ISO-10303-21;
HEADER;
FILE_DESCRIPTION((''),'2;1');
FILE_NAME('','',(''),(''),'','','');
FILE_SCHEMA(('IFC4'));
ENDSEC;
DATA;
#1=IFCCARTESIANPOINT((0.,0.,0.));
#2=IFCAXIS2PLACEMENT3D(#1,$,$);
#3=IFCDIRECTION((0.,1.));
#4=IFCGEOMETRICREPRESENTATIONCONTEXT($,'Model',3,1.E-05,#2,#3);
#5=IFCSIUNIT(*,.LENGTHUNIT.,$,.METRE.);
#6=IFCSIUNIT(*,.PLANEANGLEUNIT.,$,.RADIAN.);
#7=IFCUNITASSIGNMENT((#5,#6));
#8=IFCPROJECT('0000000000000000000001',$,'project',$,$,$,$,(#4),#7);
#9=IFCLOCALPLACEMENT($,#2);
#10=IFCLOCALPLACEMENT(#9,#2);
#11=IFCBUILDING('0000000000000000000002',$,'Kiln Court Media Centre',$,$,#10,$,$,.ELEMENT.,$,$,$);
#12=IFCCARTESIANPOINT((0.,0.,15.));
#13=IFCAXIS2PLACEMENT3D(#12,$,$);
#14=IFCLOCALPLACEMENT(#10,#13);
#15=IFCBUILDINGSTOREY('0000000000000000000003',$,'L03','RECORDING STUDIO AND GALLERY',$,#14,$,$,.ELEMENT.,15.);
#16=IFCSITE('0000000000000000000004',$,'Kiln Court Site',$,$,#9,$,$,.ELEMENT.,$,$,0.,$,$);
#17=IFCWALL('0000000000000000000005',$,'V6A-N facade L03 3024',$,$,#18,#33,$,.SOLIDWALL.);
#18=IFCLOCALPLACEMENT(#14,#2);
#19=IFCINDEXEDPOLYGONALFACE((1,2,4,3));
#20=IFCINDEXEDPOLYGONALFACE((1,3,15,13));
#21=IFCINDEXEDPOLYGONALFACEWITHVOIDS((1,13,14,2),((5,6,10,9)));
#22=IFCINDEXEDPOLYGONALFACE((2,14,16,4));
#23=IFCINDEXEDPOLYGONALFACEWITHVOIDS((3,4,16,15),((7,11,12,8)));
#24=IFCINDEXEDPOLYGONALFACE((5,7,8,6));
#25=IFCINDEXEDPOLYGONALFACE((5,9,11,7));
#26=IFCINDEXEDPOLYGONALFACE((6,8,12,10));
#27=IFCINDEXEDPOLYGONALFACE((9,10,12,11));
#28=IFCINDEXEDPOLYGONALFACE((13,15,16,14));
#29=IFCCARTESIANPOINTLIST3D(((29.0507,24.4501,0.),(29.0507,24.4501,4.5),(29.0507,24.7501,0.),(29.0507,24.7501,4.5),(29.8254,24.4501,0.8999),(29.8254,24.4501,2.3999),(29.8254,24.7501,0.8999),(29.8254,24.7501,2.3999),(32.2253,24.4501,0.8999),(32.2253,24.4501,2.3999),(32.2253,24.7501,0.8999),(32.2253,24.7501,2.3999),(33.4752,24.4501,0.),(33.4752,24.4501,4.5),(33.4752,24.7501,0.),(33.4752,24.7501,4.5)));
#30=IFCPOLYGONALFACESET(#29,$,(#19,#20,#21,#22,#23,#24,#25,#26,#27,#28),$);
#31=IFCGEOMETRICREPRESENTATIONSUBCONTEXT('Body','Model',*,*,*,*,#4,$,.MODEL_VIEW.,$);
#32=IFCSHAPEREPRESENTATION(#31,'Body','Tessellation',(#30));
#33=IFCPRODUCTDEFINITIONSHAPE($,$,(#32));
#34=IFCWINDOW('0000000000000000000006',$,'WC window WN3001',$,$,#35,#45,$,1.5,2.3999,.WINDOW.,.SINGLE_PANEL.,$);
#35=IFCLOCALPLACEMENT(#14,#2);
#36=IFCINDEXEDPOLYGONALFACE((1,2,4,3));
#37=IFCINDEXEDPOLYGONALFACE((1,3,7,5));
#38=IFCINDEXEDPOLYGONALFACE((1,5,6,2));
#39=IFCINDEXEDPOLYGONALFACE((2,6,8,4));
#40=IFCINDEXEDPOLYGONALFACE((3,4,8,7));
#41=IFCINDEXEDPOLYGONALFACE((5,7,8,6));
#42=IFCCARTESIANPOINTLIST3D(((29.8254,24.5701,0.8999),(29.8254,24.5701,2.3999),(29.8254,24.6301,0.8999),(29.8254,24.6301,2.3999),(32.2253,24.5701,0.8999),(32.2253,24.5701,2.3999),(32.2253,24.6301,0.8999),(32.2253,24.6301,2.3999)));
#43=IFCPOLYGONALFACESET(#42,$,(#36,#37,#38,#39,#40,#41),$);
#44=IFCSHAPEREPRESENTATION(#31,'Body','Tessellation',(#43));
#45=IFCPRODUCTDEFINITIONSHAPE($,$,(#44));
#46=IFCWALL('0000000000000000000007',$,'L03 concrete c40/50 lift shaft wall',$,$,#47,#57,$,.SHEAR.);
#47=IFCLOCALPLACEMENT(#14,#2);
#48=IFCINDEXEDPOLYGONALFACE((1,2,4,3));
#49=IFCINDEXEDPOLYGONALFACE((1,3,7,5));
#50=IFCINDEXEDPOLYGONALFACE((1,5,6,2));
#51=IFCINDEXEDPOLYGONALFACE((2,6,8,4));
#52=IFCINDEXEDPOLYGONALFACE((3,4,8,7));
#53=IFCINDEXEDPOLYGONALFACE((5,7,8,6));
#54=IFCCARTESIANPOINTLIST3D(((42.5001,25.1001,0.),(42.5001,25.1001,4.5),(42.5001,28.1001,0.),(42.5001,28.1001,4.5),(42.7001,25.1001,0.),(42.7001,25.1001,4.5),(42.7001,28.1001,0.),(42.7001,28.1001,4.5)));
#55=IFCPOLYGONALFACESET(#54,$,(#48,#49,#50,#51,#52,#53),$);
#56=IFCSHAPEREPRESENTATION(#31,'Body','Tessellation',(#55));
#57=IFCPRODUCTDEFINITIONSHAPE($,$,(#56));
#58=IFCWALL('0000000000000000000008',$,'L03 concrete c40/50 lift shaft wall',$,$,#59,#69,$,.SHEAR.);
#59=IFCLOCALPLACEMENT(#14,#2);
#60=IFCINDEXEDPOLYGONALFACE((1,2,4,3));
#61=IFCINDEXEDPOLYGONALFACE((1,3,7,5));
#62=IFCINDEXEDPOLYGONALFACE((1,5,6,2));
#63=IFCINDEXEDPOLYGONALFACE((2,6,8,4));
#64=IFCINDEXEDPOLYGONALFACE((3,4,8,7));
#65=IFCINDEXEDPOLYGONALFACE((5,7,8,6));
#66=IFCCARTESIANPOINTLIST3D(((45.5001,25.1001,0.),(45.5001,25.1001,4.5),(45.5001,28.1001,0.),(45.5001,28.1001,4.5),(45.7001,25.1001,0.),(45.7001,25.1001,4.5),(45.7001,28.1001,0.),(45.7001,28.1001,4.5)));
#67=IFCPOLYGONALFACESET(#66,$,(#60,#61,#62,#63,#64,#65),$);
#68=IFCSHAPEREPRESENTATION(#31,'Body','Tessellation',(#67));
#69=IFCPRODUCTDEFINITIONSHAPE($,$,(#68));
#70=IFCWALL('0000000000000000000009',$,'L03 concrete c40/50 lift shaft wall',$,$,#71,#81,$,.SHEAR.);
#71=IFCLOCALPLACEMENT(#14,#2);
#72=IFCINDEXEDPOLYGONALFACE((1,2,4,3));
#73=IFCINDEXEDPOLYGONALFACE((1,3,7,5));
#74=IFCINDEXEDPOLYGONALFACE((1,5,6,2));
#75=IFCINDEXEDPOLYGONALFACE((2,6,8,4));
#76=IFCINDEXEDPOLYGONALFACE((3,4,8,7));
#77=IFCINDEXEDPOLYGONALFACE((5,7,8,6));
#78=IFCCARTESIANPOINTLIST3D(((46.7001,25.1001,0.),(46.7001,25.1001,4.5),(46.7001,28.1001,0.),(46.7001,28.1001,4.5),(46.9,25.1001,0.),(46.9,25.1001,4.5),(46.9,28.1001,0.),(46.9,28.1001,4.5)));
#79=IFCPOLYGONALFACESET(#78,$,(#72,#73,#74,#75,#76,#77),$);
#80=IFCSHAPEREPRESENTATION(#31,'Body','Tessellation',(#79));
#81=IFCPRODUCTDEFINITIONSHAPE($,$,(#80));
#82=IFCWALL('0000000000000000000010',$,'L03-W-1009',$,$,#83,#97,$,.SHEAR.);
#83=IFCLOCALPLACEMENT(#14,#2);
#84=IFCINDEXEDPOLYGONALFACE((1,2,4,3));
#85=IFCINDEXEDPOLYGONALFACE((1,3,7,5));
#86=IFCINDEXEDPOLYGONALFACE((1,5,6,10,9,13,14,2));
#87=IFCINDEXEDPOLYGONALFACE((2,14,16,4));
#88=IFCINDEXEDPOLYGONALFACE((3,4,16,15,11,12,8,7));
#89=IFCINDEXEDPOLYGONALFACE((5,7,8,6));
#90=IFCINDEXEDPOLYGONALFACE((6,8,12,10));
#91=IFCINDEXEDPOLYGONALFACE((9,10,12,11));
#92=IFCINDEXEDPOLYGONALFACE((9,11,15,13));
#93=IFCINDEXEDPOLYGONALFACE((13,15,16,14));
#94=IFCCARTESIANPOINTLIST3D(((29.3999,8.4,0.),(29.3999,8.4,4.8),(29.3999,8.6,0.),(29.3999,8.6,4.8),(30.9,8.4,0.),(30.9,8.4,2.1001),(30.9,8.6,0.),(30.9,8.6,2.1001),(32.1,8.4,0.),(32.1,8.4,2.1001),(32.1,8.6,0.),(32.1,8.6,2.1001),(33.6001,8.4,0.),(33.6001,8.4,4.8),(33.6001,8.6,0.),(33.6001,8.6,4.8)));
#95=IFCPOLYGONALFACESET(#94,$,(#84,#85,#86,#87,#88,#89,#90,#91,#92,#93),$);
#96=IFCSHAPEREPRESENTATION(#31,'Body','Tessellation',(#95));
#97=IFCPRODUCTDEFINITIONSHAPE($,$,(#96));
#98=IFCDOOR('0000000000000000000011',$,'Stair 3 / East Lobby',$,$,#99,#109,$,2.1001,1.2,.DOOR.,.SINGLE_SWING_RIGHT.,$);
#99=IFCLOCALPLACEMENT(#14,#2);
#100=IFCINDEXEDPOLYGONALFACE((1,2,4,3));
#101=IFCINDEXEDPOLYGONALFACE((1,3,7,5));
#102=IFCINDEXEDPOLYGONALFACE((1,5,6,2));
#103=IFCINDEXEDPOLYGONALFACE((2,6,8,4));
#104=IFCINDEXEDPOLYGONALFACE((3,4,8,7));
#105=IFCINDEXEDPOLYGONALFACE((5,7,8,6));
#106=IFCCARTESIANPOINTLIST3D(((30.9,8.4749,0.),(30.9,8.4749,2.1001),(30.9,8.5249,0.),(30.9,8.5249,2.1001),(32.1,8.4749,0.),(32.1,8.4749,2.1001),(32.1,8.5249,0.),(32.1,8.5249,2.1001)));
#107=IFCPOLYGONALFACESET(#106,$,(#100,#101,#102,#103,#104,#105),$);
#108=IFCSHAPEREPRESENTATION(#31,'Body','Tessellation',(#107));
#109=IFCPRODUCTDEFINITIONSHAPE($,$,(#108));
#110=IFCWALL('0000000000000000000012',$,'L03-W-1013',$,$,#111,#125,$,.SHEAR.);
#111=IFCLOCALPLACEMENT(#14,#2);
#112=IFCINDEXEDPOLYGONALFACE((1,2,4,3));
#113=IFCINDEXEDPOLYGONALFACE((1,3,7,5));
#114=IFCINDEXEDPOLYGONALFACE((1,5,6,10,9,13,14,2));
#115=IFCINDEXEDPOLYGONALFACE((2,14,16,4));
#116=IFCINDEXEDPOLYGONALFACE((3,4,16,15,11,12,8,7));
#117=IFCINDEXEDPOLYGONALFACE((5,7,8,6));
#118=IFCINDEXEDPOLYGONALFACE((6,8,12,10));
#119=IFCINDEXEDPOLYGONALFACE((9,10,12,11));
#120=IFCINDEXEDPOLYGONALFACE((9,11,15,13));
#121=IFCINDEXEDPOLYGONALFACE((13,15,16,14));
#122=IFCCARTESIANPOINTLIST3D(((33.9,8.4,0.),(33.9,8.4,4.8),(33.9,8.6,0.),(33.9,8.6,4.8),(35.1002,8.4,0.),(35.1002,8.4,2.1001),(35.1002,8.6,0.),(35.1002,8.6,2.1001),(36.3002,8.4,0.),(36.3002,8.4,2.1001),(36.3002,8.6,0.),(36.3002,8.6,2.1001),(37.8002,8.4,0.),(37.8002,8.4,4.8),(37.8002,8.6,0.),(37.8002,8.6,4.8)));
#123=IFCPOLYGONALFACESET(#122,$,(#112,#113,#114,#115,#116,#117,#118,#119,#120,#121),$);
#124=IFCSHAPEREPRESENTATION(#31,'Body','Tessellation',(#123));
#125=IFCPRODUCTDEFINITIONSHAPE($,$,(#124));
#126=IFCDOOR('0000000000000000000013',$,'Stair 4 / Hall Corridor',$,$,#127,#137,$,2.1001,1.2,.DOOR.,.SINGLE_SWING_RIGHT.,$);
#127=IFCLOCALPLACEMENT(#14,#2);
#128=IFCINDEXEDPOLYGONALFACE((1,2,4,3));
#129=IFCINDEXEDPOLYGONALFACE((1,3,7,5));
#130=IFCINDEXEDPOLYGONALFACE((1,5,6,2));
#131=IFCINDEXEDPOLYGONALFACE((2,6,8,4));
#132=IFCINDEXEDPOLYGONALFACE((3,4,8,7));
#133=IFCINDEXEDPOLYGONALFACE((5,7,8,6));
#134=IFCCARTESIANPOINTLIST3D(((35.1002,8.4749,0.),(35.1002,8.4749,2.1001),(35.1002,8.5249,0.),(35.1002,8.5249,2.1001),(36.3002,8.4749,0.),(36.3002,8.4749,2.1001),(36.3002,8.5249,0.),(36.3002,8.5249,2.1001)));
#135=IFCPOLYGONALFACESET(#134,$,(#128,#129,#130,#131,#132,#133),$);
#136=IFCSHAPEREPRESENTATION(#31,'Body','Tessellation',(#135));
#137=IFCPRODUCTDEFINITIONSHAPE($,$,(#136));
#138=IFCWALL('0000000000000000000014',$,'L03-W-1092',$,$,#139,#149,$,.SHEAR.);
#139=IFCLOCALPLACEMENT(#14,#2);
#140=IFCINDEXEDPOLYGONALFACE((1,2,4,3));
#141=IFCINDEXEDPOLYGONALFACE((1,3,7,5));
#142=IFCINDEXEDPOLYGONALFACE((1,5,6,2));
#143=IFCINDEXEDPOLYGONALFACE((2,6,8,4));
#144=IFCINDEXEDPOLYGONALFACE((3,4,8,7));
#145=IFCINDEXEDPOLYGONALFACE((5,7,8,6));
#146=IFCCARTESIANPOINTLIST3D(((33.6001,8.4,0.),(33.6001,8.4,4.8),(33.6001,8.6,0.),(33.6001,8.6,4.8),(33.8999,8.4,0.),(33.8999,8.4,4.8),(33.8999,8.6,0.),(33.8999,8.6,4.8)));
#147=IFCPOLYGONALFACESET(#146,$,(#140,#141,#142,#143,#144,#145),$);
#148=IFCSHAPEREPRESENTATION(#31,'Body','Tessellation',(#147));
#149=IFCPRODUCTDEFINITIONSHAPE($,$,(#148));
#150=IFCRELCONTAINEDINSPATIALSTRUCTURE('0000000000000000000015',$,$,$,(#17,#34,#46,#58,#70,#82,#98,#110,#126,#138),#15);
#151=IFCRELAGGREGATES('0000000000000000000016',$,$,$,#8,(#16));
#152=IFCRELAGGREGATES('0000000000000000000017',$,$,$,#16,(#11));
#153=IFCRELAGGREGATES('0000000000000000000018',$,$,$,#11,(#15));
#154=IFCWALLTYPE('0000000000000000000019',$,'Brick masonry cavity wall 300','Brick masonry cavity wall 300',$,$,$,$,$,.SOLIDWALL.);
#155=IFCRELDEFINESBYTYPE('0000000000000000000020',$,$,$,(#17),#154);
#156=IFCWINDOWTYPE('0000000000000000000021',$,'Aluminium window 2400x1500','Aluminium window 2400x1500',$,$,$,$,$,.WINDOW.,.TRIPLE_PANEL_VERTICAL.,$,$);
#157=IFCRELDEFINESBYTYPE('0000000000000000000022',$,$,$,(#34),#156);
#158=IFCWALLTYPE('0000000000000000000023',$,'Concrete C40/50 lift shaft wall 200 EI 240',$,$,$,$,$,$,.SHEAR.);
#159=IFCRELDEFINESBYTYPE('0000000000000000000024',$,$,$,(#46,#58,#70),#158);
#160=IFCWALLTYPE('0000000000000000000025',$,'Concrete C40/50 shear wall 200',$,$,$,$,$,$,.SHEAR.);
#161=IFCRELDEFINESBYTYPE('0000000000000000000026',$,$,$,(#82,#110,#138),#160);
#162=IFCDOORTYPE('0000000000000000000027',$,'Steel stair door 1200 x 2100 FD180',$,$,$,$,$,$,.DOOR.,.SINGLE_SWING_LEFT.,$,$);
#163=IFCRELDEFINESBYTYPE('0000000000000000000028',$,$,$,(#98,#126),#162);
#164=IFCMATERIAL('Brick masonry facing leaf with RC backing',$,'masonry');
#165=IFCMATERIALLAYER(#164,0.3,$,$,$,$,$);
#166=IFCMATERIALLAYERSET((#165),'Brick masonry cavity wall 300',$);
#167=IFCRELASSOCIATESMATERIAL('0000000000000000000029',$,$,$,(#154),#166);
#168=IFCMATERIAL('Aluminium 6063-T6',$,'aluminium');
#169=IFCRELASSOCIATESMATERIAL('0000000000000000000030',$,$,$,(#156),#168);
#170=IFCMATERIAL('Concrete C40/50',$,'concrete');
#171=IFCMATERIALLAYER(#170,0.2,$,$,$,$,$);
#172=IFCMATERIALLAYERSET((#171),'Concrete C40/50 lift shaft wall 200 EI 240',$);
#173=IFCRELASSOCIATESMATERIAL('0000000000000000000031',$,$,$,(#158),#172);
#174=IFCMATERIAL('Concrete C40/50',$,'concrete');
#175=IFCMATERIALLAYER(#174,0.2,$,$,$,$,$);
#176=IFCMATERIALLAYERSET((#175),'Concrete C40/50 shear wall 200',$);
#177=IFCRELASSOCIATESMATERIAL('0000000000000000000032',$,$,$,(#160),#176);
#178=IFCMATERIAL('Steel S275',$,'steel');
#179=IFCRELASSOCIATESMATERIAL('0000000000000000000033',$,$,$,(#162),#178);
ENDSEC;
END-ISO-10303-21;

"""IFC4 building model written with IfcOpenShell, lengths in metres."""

from ifc_helpers import new_model, si_unit, direction, frame, frame_2d, origin, place, context, subcontext, project, spatial, rectangle, extrude, material, layer, layer_set, type_object, element, fill, save


model = new_model("IFC4")

# Units and contexts
model_context = context("Model", 3, precision=1e-05, world=origin(), true_north=direction((0.0, 1.0)))
body_context = subcontext(model_context, "Body", "Model", "MODEL_VIEW")
ifc_project = project(units=[si_unit("LENGTHUNIT", "METRE"), si_unit("PLANEANGLEUNIT", "RADIAN")], contexts=[model_context])

# Site, building, storey
site_placement = place(None, origin())
site = spatial("IfcSite", under=ifc_project, at=site_placement, Name="Kiln Court Site", CompositionType="ELEMENT", RefElevation=0.0)
building_placement = place(site_placement, origin())
building = spatial("IfcBuilding", under=site, at=building_placement, Name="Kiln Court Media Centre", CompositionType="ELEMENT")
storey_placement = place(building_placement, frame((0.0, 0.0, 15.0)))
storey = spatial("IfcBuildingStorey", under=building, at=storey_placement, Name="L03", Description="RECORDING STUDIO AND GALLERY", CompositionType="ELEMENT", Elevation=15.0)

# Wall, opening, window
ifc_material_1 = material(Name="Brick masonry facing leaf with RC backing", Category="masonry")
ifc_layer_1 = layer(ifc_material_1, 0.3)
ifc_layer_set_1 = layer_set([ifc_layer_1], Name="Brick masonry cavity wall 300")
wall_type_1 = type_object("IfcWallType", Name="Brick masonry cavity wall 300", Description="Brick masonry cavity wall 300", PredefinedType="SOLIDWALL", material=ifc_layer_set_1)
wall_1_placement = place(storey_placement, frame((29.0505, 24.6001, 0.0), z_axis=(0.0, 0.0, 1.0), x_axis=(1.0, 0.0, 0.0)))
wall_1 = element("IfcWall", 1, at=wall_1_placement, inside=storey, type_object=wall_type_1, Name="V6A-N facade L03 3024", PredefinedType="SOLIDWALL", context=body_context, shape_type="SweptSolid", body=[
    extrude(rectangle(XDim=4.4246, YDim=0.3, at=frame_2d((2.2124, 0.0))), origin(), (0.0, 0.0, 1.0), 4.5),
])
opening_1_placement = place(wall_1_placement, frame((0.7749, 0.0, 0.8999)))
opening_1 = element("IfcOpeningElement", 2, at=opening_1_placement, cuts=wall_1, PredefinedType="OPENING", context=body_context, shape_type="SweptSolid", body=[
    extrude(rectangle(XDim=2.3999, YDim=1.5, at=frame_2d((1.2, 0.75))), frame((0.0, 0.1599, 0.0), z_axis=(0.0, -1.0, 0.0), x_axis=(1.0, 0.0, 0.0)), (0.0, 0.0, 1.0), 0.3201),
])
ifc_material_2 = material(Name="Aluminium 6063-T6", Category="aluminium")
window_type = type_object("IfcWindowType", Name="Aluminium window 2400x1500", Description="Aluminium window 2400x1500", PartitioningType="TRIPLE_PANEL_VERTICAL", PredefinedType="WINDOW", material=ifc_material_2)
window_placement = place(opening_1_placement, origin())
window = element("IfcWindow", 3, at=window_placement, inside=storey, type_object=window_type, Name="WC window WN3001", OverallHeight=1.5, OverallWidth=2.3999, PartitioningType="SINGLE_PANEL", PredefinedType="WINDOW", context=body_context, shape_type="SweptSolid", body=[
    extrude(rectangle(XDim=2.3999, YDim=1.5, at=frame_2d((1.2, 0.75))), frame((0.0, 0.03, 0.0), z_axis=(0.0, -1.0, 0.0), x_axis=(1.0, 0.0, 0.0)), (0.0, 0.0, 1.0), 0.0601),
])
fill(opening_1, window)

# Walls
ifc_material_3 = material(Name="Concrete C40/50", Category="concrete")
ifc_layer_2 = layer(ifc_material_3, 0.2)
ifc_layer_set_2 = layer_set([ifc_layer_2], Name="Concrete C40/50 lift shaft wall 200 EI 240")
wall_type_2 = type_object("IfcWallType", Name="Concrete C40/50 lift shaft wall 200 EI 240", PredefinedType="SHEAR", material=ifc_layer_set_2)
for number, where, z_axis, x_axis, name in (
    (4, (42.6001, 25.1001, 0.0), (0.0, 0.0, 1.0), (0.0, 1.0, 0.0), "L03 concrete c40/50 lift shaft wall"),
    (5, (45.6001, 25.1001, 0.0), (0.0, 0.0, 1.0), (0.0, 1.0, 0.0), "L03 concrete c40/50 lift shaft wall"),
    (6, (46.8, 25.1001, 0.0), (0.0, 0.0, 1.0), (0.0, 1.0, 0.0), "L03 concrete c40/50 lift shaft wall"),
):
    element("IfcWall", number, at=place(storey_placement, frame(where, z_axis=z_axis, x_axis=x_axis)), inside=storey, type_object=wall_type_2, Name=name, PredefinedType="SHEAR", context=body_context, shape_type="SweptSolid", body=[
        extrude(rectangle(XDim=3.0, YDim=0.2, at=frame_2d((1.5, 0.0))), origin(), (0.0, 0.0, 1.0), 4.5),
    ])

# Walls, openings, doors
ifc_material_4 = material(Name="Concrete C40/50", Category="concrete")
ifc_layer_3 = layer(ifc_material_4, 0.2)
ifc_layer_set_3 = layer_set([ifc_layer_3], Name="Concrete C40/50 shear wall 200")
wall_type_3 = type_object("IfcWallType", Name="Concrete C40/50 shear wall 200", PredefinedType="SHEAR", material=ifc_layer_set_3)
wall_2_placement = place(storey_placement, frame((29.3999, 8.5, 0.0), z_axis=(0.0, 0.0, 1.0), x_axis=(1.0, 0.0, 0.0)))
wall_2 = element("IfcWall", 7, at=wall_2_placement, inside=storey, type_object=wall_type_3, Name="L03-W-1009", PredefinedType="SHEAR", context=body_context, shape_type="SweptSolid", body=[
    extrude(rectangle(XDim=4.2002, YDim=0.2, at=frame_2d((2.1001, 0.0))), origin(), (0.0, 0.0, 1.0), 4.8),
])
opening_2_placement = place(wall_2_placement, frame((1.5, 0.0, 0.0)))
opening_2 = element("IfcOpeningElement", 8, at=opening_2_placement, cuts=wall_2, PredefinedType="OPENING", context=body_context, shape_type="SweptSolid", body=[
    extrude(rectangle(XDim=1.2, YDim=2.1001, at=frame_2d((0.6001, 1.05))), frame((0.0, 0.1099, 0.0), z_axis=(0.0, -1.0, 0.0), x_axis=(1.0, 0.0, 0.0)), (0.0, 0.0, 1.0), 0.22),
])
ifc_material_5 = material(Name="Steel S275", Category="steel")
door_type = type_object("IfcDoorType", Name="Steel stair door 1200 x 2100 FD180", OperationType="SINGLE_SWING_LEFT", PredefinedType="DOOR", material=ifc_material_5)
door_1_placement = place(opening_2_placement, origin())
door_1 = element("IfcDoor", 9, at=door_1_placement, inside=storey, type_object=door_type, Name="Stair 3 / East Lobby", OperationType="SINGLE_SWING_RIGHT", OverallHeight=2.1001, OverallWidth=1.2, PredefinedType="DOOR", context=body_context, shape_type="SweptSolid", body=[
    extrude(rectangle(XDim=1.2, YDim=2.1001, at=frame_2d((0.6001, 1.05))), frame((0.0, 0.0249, 0.0), z_axis=(0.0, -1.0, 0.0), x_axis=(1.0, 0.0, 0.0)), (0.0, 0.0, 1.0), 0.05),
])
fill(opening_2, door_1)
wall_3_placement = place(storey_placement, frame((33.8999, 8.5, 0.0), z_axis=(0.0, 0.0, 1.0), x_axis=(1.0, 0.0, 0.0)))
wall_3 = element("IfcWall", 10, at=wall_3_placement, inside=storey, type_object=wall_type_3, Name="L03-W-1013", PredefinedType="SHEAR", context=body_context, shape_type="SweptSolid", body=[
    extrude(rectangle(XDim=3.9001, YDim=0.2, at=frame_2d((1.9502, 0.0))), origin(), (0.0, 0.0, 1.0), 4.8),
])
opening_3_placement = place(wall_3_placement, frame((1.2002, 0.0, 0.0)))
opening_3 = element("IfcOpeningElement", 11, at=opening_3_placement, cuts=wall_3, PredefinedType="OPENING", context=body_context, shape_type="SweptSolid", body=[
    extrude(rectangle(XDim=1.2, YDim=2.1001, at=frame_2d((0.6001, 1.05))), frame((0.0, 0.1099, 0.0), z_axis=(0.0, -1.0, 0.0), x_axis=(1.0, 0.0, 0.0)), (0.0, 0.0, 1.0), 0.22),
])
door_2_placement = place(opening_3_placement, origin())
door_2 = element("IfcDoor", 12, at=door_2_placement, inside=storey, type_object=door_type, Name="Stair 4 / Hall Corridor", OperationType="SINGLE_SWING_RIGHT", OverallHeight=2.1001, OverallWidth=1.2, PredefinedType="DOOR", context=body_context, shape_type="SweptSolid", body=[
    extrude(rectangle(XDim=1.2, YDim=2.1001, at=frame_2d((0.6001, 1.05))), frame((0.0, 0.0249, 0.0), z_axis=(0.0, -1.0, 0.0), x_axis=(1.0, 0.0, 0.0)), (0.0, 0.0, 1.0), 0.05),
])
fill(opening_3, door_2)

# Wall
wall_4_placement = place(storey_placement, frame((33.6001, 8.5, 0.0), z_axis=(0.0, 0.0, 1.0), x_axis=(1.0, 0.0, 0.0)))
element("IfcWall", 13, at=wall_4_placement, inside=storey, type_object=wall_type_3, Name="L03-W-1092", PredefinedType="SHEAR", context=body_context, shape_type="SweptSolid", body=[
    extrude(rectangle(XDim=0.2998, YDim=0.2, at=frame_2d((0.1499, 0.0))), origin(), (0.0, 0.0, 1.0), 4.8),
])

save(model, "model.ifc")
